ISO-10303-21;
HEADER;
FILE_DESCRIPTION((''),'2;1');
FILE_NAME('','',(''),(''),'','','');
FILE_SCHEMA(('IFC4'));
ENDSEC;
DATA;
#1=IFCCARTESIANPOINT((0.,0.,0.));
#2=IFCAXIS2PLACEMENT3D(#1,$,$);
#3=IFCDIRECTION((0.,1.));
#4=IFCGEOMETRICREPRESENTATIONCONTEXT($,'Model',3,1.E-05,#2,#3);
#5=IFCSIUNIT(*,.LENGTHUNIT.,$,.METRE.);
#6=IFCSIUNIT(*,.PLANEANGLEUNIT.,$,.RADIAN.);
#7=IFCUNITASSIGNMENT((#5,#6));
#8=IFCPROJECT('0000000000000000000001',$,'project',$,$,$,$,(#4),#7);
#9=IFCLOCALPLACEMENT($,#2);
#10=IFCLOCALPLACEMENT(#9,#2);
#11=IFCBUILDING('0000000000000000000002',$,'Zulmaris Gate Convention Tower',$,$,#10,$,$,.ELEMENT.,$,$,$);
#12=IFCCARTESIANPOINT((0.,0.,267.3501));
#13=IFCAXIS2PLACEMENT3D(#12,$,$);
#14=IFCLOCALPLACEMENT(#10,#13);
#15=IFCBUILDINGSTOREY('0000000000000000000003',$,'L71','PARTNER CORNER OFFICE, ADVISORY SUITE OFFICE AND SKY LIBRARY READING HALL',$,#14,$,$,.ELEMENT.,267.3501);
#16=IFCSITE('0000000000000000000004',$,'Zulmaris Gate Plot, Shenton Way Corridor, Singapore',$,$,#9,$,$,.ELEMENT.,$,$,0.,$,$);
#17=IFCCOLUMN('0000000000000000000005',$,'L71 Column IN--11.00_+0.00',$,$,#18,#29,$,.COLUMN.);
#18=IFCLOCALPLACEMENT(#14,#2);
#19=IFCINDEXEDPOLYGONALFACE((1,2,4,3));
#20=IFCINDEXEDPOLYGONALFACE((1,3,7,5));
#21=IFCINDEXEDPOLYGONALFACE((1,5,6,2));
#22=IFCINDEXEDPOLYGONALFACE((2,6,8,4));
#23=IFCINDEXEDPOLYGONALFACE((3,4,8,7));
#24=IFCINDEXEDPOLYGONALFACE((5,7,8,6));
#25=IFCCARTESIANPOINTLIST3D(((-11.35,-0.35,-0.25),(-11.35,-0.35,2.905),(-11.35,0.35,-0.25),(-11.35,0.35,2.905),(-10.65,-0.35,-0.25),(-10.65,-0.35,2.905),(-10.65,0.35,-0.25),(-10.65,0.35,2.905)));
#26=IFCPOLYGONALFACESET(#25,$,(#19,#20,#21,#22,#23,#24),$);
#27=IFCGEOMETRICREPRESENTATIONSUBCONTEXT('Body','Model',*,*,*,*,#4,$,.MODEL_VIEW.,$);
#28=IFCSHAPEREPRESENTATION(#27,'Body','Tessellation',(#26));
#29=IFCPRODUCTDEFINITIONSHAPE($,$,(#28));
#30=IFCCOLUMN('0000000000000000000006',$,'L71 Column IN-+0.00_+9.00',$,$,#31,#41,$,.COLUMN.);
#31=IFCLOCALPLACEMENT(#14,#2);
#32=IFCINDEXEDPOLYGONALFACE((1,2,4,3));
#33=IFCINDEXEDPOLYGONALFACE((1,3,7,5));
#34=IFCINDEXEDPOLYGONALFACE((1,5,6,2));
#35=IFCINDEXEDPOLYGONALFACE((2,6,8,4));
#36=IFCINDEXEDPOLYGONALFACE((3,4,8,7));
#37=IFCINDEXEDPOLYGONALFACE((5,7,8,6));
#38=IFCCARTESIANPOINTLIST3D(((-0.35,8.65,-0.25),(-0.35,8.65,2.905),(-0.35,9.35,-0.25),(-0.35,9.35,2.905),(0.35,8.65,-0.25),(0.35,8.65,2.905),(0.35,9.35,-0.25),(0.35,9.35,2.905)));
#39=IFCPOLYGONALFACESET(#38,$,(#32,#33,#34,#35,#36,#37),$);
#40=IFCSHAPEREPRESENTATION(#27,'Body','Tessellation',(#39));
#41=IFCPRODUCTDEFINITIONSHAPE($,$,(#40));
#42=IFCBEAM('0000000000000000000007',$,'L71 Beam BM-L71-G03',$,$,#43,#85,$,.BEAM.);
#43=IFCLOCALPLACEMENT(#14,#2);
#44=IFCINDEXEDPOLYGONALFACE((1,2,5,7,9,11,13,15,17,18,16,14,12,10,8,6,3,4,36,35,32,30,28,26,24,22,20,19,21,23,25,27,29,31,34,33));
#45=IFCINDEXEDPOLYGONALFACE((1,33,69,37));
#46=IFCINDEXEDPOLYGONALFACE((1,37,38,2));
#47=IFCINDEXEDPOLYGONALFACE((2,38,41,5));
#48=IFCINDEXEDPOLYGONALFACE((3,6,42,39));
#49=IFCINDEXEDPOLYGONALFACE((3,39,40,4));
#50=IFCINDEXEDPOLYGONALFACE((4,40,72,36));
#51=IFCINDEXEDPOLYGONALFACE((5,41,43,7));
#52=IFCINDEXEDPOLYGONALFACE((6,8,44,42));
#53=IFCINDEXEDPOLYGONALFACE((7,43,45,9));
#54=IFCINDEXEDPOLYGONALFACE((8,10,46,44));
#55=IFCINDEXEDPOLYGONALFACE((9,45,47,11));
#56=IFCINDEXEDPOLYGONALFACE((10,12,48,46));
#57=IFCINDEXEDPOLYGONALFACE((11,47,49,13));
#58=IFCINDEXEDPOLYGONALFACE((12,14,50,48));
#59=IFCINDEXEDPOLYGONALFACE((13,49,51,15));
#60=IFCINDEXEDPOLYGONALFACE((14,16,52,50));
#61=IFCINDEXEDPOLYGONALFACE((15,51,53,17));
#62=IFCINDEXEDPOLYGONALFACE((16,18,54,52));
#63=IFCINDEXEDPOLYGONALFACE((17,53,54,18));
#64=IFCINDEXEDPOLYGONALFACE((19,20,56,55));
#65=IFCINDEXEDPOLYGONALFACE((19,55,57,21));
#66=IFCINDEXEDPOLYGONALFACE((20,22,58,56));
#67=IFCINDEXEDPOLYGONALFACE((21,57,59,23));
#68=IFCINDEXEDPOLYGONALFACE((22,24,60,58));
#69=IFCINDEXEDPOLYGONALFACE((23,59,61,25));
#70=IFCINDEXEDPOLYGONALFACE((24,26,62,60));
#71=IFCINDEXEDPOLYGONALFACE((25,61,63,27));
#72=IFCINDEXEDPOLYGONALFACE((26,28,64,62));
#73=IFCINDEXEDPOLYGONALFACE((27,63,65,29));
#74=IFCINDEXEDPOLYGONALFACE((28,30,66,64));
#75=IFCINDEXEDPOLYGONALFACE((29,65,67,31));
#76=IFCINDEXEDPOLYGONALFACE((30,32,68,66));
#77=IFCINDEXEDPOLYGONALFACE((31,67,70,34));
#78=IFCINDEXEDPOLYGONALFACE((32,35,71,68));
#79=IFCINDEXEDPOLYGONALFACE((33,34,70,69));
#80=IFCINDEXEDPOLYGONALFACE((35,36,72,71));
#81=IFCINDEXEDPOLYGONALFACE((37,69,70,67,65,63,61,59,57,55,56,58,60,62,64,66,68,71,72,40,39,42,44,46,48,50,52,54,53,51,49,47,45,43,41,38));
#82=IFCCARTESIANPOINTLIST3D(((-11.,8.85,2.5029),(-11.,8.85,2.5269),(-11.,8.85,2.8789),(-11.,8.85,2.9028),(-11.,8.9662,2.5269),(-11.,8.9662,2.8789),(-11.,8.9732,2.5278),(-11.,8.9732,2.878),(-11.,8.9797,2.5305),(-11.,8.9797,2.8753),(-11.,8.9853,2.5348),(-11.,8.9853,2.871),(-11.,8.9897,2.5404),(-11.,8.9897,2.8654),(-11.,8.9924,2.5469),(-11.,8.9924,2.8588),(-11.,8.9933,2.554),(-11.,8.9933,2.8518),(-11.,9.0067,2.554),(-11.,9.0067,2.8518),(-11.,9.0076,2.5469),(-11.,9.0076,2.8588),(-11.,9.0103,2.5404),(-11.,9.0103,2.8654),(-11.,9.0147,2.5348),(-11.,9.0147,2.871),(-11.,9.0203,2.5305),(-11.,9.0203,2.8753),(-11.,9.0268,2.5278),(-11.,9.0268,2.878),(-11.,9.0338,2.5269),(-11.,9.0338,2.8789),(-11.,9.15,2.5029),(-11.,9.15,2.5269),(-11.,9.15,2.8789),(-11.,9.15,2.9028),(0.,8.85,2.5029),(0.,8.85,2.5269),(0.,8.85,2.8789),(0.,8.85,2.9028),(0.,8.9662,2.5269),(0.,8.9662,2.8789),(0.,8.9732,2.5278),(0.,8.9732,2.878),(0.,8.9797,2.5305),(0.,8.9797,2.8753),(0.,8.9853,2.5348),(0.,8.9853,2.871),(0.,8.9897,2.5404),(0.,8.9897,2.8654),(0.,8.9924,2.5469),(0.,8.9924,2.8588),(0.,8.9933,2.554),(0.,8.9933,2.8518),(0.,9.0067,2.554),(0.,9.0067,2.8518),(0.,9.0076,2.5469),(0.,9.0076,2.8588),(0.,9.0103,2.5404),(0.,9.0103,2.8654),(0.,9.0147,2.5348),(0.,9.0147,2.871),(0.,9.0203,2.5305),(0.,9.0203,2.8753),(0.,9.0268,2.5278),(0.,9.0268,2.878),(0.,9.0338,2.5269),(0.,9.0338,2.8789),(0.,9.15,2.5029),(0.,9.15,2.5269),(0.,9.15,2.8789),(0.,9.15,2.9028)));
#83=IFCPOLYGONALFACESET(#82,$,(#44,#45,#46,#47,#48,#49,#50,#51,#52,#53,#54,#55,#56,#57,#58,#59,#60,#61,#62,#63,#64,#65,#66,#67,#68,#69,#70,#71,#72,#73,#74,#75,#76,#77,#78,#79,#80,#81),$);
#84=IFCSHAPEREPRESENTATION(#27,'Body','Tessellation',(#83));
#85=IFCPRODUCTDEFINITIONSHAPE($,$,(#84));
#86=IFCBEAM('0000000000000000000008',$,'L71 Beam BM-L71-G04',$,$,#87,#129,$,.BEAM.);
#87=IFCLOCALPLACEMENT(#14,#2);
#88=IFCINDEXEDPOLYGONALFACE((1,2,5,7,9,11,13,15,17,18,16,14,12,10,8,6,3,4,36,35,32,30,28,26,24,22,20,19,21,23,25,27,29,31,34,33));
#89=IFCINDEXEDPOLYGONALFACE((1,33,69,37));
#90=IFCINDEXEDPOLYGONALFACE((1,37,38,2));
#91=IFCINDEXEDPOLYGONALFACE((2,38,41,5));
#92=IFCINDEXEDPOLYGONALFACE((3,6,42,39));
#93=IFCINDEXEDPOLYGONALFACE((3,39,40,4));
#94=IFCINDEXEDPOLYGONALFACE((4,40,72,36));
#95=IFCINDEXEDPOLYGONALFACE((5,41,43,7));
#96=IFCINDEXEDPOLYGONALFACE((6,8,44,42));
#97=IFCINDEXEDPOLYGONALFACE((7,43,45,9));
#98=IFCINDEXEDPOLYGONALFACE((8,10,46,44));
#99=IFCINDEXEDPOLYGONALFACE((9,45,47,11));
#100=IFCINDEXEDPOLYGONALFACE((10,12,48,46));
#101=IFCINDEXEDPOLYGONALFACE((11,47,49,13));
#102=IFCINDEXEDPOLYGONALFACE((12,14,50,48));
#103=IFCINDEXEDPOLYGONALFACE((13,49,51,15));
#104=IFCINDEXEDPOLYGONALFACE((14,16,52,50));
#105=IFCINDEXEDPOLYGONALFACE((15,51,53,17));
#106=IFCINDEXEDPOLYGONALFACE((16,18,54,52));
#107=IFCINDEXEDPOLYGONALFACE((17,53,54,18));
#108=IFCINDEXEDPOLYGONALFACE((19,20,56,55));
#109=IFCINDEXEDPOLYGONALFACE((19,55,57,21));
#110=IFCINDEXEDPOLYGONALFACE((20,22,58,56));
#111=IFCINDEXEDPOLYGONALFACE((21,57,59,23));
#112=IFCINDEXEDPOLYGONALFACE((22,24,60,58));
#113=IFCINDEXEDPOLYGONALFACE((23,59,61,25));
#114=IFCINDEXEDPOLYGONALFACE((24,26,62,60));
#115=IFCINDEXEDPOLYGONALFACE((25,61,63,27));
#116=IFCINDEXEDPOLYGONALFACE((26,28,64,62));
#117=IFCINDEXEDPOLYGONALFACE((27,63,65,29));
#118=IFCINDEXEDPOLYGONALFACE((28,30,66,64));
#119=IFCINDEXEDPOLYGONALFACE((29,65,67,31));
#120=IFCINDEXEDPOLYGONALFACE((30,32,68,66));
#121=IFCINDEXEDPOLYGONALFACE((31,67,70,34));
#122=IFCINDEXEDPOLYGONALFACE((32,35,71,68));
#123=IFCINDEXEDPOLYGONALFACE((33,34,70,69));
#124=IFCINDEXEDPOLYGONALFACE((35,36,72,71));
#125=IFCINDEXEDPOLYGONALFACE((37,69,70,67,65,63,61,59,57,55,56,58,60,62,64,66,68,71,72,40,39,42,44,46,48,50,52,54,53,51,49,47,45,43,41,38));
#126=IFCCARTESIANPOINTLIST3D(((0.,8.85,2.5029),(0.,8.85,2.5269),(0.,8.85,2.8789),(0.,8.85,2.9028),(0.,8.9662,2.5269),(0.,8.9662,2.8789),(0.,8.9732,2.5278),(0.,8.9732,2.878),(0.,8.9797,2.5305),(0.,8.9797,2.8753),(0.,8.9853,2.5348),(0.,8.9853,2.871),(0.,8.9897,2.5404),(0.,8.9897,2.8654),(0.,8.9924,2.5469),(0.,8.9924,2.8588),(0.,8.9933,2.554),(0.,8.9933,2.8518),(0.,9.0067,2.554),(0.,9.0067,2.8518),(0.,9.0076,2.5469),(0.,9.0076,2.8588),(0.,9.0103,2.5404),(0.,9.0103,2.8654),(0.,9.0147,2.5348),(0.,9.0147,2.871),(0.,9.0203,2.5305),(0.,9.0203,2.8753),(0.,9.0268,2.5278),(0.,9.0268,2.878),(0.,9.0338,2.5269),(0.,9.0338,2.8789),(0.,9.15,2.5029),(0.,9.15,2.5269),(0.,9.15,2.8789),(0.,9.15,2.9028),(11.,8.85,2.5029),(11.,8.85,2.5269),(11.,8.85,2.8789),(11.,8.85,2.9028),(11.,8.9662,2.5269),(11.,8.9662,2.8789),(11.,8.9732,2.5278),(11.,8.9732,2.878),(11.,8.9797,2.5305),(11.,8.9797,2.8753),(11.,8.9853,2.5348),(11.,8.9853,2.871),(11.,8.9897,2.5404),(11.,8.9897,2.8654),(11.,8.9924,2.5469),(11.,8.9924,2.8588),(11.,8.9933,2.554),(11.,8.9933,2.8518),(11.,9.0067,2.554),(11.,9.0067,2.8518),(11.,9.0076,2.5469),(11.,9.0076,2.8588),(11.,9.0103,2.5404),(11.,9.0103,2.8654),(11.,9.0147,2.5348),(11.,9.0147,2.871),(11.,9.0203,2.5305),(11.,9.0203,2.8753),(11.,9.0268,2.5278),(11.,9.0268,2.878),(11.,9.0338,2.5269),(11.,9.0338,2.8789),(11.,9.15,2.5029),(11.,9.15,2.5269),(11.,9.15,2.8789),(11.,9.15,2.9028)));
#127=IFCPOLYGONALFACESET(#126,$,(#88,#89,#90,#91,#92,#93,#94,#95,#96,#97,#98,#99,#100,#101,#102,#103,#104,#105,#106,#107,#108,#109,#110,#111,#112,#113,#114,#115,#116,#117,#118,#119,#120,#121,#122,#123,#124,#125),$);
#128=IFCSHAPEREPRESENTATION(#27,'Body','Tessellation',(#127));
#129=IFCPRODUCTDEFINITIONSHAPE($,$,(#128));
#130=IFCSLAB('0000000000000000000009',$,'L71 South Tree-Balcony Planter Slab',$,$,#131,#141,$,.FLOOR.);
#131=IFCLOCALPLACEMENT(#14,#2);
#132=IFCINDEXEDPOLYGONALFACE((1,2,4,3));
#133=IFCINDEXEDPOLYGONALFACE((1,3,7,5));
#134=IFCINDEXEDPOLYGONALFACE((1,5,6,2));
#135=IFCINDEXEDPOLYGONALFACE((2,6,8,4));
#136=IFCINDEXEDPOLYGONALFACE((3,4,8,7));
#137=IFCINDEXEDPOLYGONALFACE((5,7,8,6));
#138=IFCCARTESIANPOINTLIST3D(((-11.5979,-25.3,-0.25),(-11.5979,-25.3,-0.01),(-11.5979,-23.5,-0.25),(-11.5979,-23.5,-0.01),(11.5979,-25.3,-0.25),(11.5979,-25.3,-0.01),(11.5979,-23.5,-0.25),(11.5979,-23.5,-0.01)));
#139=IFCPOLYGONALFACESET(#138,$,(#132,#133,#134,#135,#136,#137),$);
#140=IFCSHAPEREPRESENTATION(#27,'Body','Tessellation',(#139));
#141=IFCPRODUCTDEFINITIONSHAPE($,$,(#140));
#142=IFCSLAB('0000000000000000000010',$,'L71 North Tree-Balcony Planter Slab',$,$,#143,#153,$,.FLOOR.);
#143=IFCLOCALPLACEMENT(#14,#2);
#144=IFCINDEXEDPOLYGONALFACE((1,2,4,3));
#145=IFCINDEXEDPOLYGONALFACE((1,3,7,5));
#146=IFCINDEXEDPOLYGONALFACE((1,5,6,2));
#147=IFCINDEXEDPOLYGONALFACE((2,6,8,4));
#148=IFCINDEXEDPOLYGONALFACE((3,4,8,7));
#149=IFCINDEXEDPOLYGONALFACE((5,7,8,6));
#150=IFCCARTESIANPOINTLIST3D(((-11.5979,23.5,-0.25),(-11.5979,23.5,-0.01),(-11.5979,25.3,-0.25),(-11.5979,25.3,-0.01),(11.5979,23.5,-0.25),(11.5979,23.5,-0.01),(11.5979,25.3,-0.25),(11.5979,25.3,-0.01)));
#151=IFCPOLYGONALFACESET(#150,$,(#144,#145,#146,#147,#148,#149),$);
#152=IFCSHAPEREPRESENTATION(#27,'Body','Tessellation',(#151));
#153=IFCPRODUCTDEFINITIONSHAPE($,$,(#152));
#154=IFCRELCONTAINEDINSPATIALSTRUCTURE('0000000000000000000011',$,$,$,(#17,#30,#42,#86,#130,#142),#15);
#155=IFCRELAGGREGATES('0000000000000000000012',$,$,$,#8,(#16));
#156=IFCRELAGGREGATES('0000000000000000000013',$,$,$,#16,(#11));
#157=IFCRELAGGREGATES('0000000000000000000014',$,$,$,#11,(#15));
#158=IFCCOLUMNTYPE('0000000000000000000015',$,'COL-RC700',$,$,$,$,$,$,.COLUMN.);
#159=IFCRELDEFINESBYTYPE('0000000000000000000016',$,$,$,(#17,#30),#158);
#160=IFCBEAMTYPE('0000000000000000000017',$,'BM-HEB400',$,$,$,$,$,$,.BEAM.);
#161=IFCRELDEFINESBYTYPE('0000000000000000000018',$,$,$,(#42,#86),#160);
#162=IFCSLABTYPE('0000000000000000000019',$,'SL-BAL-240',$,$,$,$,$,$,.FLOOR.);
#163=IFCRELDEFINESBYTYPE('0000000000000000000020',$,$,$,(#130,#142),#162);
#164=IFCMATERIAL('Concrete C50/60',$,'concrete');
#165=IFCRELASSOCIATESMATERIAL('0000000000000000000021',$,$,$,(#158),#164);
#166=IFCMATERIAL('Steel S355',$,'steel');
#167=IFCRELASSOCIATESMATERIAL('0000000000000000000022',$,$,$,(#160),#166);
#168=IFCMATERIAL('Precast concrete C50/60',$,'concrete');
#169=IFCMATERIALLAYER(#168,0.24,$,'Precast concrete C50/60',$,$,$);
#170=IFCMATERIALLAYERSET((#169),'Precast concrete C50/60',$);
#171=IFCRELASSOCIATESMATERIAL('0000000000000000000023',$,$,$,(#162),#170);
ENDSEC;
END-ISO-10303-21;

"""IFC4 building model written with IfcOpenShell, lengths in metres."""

from ifc_helpers import new_model, si_unit, direction, frame, origin, origin_2d, place, context, subcontext, project, spatial, polyline, rectangle, i_section, outline, extrude, material, layer, layer_set, material_profile, profile_set, type_object, element, save


model = new_model("IFC4")

# Units and contexts
model_context = context("Model", 3, precision=1e-05, world=origin(), true_north=direction((0.0, 1.0)))
body_context = subcontext(model_context, "Body", "Model", "MODEL_VIEW")
ifc_project = project(units=[si_unit("LENGTHUNIT", "METRE"), si_unit("PLANEANGLEUNIT", "RADIAN")], contexts=[model_context])

# Site, building, storey
site_placement = place(None, origin())
site = spatial("IfcSite", under=ifc_project, at=site_placement, Name="Zulmaris Gate Plot, Shenton Way Corridor, Singapore", CompositionType="ELEMENT", RefElevation=0.0)
building_placement = place(site_placement, origin())
building = spatial("IfcBuilding", under=site, at=building_placement, Name="Zulmaris Gate Convention Tower", CompositionType="ELEMENT")
storey_placement = place(building_placement, frame((0.0, 0.0, 267.3501)))
storey = spatial("IfcBuildingStorey", under=building, at=storey_placement, Name="L71", Description="PARTNER CORNER OFFICE, ADVISORY SUITE OFFICE AND SKY LIBRARY READING HALL", CompositionType="ELEMENT", Elevation=267.3501)

# Columns
ifc_material_1 = material(Name="Concrete C50/60", Category="concrete")
ifc_material_profile_1 = material_profile(ifc_material_1, rectangle(XDim=0.7, YDim=0.7, at=origin_2d()), Name="RC COL 700x700")
ifc_profile_set_1 = profile_set([ifc_material_profile_1], Name="Concrete C50/60")
column_type = type_object("IfcColumnType", Name="COL-RC700", PredefinedType="COLUMN", material=ifc_profile_set_1)
for number, where, z_axis, x_axis, name in (
    (1, (-11.0, 0.0, -0.25), (0.0, 0.0, 1.0), (1.0, 0.0, 0.0), "L71 Column IN--11.00_+0.00"),
    (2, (0.0, 9.0, -0.25), (0.0, 0.0, 1.0), (1.0, 0.0, 0.0), "L71 Column IN-+0.00_+9.00"),
):
    element("IfcColumn", number, at=place(storey_placement, frame(where, z_axis=z_axis, x_axis=x_axis)), inside=storey, type_object=column_type, Name=name, PredefinedType="COLUMN", context=body_context, shape_type="SweptSolid", body=[
        extrude(rectangle(XDim=0.7, YDim=0.7, at=origin_2d()), origin(), (0.0, 0.0, 1.0), 3.155),
    ])

# Beams
ifc_material_2 = material(Name="Steel S355", Category="steel")
ifc_material_profile_2 = material_profile(ifc_material_2, i_section(OverallWidth=0.3, OverallDepth=0.3999, WebThickness=0.0134, FlangeThickness=0.0239, FilletRadius=0.0271, at=origin_2d()), Name="HEB 400")
ifc_profile_set_2 = profile_set([ifc_material_profile_2], Name="Steel S355")
beam_type = type_object("IfcBeamType", Name="BM-HEB400", PredefinedType="BEAM", material=ifc_profile_set_2)
for number, where, z_axis, x_axis, name in (
    (3, (-11.0, 9.0, 2.7029), (1.0, 0.0, 0.0), (0.0, 1.0, 0.0), "L71 Beam BM-L71-G03"),
    (4, (0.0, 9.0, 2.7029), (1.0, 0.0, 0.0), (0.0, 1.0, 0.0), "L71 Beam BM-L71-G04"),
):
    element("IfcBeam", number, at=place(storey_placement, frame(where, z_axis=z_axis, x_axis=x_axis)), inside=storey, type_object=beam_type, Name=name, PredefinedType="BEAM", context=body_context, shape_type="SweptSolid", body=[
        extrude(i_section(OverallWidth=0.3, OverallDepth=0.3999, WebThickness=0.0134, FlangeThickness=0.0239, FilletRadius=0.0271, at=origin_2d()), origin(), (0.0, 0.0, 1.0), 11.0),
    ])

# Slabs
ifc_material_3 = material(Name="Precast concrete C50/60", Category="concrete")
ifc_layer_1 = layer(ifc_material_3, 0.24, Name="Precast concrete C50/60")
ifc_layer_set_1 = layer_set([ifc_layer_1], Name="Precast concrete C50/60")
slab_type_1 = type_object("IfcSlabType", Name="SL-BAL-240", PredefinedType="FLOOR", material=ifc_layer_set_1)
slab_1_placement = place(storey_placement, frame((0.0, 0.0, -0.25)))
element("IfcSlab", 5, at=slab_1_placement, inside=storey, type_object=slab_type_1, Name="L71 South Tree-Balcony Planter Slab", PredefinedType="FLOOR", context=body_context, shape_type="SweptSolid", body=[
    extrude(outline(polyline([(-11.5979, -25.3), (-11.5979, -23.5), (11.5979, -23.5), (11.5979, -25.3), (-11.5979, -25.3)])), origin(), (0.0, 0.0, 1.0), 0.24),
])
slab_2_placement = place(storey_placement, frame((0.0, 0.0, -0.25)))
element("IfcSlab", 6, at=slab_2_placement, inside=storey, type_object=slab_type_1, Name="L71 North Tree-Balcony Planter Slab", PredefinedType="FLOOR", context=body_context, shape_type="SweptSolid", body=[
    extrude(outline(polyline([(11.5979, 25.3), (11.5979, 23.5), (-11.5979, 23.5), (-11.5979, 25.3), (11.5979, 25.3)])), origin(), (0.0, 0.0, 1.0), 0.24),
])

save(model, "model.ifc")
